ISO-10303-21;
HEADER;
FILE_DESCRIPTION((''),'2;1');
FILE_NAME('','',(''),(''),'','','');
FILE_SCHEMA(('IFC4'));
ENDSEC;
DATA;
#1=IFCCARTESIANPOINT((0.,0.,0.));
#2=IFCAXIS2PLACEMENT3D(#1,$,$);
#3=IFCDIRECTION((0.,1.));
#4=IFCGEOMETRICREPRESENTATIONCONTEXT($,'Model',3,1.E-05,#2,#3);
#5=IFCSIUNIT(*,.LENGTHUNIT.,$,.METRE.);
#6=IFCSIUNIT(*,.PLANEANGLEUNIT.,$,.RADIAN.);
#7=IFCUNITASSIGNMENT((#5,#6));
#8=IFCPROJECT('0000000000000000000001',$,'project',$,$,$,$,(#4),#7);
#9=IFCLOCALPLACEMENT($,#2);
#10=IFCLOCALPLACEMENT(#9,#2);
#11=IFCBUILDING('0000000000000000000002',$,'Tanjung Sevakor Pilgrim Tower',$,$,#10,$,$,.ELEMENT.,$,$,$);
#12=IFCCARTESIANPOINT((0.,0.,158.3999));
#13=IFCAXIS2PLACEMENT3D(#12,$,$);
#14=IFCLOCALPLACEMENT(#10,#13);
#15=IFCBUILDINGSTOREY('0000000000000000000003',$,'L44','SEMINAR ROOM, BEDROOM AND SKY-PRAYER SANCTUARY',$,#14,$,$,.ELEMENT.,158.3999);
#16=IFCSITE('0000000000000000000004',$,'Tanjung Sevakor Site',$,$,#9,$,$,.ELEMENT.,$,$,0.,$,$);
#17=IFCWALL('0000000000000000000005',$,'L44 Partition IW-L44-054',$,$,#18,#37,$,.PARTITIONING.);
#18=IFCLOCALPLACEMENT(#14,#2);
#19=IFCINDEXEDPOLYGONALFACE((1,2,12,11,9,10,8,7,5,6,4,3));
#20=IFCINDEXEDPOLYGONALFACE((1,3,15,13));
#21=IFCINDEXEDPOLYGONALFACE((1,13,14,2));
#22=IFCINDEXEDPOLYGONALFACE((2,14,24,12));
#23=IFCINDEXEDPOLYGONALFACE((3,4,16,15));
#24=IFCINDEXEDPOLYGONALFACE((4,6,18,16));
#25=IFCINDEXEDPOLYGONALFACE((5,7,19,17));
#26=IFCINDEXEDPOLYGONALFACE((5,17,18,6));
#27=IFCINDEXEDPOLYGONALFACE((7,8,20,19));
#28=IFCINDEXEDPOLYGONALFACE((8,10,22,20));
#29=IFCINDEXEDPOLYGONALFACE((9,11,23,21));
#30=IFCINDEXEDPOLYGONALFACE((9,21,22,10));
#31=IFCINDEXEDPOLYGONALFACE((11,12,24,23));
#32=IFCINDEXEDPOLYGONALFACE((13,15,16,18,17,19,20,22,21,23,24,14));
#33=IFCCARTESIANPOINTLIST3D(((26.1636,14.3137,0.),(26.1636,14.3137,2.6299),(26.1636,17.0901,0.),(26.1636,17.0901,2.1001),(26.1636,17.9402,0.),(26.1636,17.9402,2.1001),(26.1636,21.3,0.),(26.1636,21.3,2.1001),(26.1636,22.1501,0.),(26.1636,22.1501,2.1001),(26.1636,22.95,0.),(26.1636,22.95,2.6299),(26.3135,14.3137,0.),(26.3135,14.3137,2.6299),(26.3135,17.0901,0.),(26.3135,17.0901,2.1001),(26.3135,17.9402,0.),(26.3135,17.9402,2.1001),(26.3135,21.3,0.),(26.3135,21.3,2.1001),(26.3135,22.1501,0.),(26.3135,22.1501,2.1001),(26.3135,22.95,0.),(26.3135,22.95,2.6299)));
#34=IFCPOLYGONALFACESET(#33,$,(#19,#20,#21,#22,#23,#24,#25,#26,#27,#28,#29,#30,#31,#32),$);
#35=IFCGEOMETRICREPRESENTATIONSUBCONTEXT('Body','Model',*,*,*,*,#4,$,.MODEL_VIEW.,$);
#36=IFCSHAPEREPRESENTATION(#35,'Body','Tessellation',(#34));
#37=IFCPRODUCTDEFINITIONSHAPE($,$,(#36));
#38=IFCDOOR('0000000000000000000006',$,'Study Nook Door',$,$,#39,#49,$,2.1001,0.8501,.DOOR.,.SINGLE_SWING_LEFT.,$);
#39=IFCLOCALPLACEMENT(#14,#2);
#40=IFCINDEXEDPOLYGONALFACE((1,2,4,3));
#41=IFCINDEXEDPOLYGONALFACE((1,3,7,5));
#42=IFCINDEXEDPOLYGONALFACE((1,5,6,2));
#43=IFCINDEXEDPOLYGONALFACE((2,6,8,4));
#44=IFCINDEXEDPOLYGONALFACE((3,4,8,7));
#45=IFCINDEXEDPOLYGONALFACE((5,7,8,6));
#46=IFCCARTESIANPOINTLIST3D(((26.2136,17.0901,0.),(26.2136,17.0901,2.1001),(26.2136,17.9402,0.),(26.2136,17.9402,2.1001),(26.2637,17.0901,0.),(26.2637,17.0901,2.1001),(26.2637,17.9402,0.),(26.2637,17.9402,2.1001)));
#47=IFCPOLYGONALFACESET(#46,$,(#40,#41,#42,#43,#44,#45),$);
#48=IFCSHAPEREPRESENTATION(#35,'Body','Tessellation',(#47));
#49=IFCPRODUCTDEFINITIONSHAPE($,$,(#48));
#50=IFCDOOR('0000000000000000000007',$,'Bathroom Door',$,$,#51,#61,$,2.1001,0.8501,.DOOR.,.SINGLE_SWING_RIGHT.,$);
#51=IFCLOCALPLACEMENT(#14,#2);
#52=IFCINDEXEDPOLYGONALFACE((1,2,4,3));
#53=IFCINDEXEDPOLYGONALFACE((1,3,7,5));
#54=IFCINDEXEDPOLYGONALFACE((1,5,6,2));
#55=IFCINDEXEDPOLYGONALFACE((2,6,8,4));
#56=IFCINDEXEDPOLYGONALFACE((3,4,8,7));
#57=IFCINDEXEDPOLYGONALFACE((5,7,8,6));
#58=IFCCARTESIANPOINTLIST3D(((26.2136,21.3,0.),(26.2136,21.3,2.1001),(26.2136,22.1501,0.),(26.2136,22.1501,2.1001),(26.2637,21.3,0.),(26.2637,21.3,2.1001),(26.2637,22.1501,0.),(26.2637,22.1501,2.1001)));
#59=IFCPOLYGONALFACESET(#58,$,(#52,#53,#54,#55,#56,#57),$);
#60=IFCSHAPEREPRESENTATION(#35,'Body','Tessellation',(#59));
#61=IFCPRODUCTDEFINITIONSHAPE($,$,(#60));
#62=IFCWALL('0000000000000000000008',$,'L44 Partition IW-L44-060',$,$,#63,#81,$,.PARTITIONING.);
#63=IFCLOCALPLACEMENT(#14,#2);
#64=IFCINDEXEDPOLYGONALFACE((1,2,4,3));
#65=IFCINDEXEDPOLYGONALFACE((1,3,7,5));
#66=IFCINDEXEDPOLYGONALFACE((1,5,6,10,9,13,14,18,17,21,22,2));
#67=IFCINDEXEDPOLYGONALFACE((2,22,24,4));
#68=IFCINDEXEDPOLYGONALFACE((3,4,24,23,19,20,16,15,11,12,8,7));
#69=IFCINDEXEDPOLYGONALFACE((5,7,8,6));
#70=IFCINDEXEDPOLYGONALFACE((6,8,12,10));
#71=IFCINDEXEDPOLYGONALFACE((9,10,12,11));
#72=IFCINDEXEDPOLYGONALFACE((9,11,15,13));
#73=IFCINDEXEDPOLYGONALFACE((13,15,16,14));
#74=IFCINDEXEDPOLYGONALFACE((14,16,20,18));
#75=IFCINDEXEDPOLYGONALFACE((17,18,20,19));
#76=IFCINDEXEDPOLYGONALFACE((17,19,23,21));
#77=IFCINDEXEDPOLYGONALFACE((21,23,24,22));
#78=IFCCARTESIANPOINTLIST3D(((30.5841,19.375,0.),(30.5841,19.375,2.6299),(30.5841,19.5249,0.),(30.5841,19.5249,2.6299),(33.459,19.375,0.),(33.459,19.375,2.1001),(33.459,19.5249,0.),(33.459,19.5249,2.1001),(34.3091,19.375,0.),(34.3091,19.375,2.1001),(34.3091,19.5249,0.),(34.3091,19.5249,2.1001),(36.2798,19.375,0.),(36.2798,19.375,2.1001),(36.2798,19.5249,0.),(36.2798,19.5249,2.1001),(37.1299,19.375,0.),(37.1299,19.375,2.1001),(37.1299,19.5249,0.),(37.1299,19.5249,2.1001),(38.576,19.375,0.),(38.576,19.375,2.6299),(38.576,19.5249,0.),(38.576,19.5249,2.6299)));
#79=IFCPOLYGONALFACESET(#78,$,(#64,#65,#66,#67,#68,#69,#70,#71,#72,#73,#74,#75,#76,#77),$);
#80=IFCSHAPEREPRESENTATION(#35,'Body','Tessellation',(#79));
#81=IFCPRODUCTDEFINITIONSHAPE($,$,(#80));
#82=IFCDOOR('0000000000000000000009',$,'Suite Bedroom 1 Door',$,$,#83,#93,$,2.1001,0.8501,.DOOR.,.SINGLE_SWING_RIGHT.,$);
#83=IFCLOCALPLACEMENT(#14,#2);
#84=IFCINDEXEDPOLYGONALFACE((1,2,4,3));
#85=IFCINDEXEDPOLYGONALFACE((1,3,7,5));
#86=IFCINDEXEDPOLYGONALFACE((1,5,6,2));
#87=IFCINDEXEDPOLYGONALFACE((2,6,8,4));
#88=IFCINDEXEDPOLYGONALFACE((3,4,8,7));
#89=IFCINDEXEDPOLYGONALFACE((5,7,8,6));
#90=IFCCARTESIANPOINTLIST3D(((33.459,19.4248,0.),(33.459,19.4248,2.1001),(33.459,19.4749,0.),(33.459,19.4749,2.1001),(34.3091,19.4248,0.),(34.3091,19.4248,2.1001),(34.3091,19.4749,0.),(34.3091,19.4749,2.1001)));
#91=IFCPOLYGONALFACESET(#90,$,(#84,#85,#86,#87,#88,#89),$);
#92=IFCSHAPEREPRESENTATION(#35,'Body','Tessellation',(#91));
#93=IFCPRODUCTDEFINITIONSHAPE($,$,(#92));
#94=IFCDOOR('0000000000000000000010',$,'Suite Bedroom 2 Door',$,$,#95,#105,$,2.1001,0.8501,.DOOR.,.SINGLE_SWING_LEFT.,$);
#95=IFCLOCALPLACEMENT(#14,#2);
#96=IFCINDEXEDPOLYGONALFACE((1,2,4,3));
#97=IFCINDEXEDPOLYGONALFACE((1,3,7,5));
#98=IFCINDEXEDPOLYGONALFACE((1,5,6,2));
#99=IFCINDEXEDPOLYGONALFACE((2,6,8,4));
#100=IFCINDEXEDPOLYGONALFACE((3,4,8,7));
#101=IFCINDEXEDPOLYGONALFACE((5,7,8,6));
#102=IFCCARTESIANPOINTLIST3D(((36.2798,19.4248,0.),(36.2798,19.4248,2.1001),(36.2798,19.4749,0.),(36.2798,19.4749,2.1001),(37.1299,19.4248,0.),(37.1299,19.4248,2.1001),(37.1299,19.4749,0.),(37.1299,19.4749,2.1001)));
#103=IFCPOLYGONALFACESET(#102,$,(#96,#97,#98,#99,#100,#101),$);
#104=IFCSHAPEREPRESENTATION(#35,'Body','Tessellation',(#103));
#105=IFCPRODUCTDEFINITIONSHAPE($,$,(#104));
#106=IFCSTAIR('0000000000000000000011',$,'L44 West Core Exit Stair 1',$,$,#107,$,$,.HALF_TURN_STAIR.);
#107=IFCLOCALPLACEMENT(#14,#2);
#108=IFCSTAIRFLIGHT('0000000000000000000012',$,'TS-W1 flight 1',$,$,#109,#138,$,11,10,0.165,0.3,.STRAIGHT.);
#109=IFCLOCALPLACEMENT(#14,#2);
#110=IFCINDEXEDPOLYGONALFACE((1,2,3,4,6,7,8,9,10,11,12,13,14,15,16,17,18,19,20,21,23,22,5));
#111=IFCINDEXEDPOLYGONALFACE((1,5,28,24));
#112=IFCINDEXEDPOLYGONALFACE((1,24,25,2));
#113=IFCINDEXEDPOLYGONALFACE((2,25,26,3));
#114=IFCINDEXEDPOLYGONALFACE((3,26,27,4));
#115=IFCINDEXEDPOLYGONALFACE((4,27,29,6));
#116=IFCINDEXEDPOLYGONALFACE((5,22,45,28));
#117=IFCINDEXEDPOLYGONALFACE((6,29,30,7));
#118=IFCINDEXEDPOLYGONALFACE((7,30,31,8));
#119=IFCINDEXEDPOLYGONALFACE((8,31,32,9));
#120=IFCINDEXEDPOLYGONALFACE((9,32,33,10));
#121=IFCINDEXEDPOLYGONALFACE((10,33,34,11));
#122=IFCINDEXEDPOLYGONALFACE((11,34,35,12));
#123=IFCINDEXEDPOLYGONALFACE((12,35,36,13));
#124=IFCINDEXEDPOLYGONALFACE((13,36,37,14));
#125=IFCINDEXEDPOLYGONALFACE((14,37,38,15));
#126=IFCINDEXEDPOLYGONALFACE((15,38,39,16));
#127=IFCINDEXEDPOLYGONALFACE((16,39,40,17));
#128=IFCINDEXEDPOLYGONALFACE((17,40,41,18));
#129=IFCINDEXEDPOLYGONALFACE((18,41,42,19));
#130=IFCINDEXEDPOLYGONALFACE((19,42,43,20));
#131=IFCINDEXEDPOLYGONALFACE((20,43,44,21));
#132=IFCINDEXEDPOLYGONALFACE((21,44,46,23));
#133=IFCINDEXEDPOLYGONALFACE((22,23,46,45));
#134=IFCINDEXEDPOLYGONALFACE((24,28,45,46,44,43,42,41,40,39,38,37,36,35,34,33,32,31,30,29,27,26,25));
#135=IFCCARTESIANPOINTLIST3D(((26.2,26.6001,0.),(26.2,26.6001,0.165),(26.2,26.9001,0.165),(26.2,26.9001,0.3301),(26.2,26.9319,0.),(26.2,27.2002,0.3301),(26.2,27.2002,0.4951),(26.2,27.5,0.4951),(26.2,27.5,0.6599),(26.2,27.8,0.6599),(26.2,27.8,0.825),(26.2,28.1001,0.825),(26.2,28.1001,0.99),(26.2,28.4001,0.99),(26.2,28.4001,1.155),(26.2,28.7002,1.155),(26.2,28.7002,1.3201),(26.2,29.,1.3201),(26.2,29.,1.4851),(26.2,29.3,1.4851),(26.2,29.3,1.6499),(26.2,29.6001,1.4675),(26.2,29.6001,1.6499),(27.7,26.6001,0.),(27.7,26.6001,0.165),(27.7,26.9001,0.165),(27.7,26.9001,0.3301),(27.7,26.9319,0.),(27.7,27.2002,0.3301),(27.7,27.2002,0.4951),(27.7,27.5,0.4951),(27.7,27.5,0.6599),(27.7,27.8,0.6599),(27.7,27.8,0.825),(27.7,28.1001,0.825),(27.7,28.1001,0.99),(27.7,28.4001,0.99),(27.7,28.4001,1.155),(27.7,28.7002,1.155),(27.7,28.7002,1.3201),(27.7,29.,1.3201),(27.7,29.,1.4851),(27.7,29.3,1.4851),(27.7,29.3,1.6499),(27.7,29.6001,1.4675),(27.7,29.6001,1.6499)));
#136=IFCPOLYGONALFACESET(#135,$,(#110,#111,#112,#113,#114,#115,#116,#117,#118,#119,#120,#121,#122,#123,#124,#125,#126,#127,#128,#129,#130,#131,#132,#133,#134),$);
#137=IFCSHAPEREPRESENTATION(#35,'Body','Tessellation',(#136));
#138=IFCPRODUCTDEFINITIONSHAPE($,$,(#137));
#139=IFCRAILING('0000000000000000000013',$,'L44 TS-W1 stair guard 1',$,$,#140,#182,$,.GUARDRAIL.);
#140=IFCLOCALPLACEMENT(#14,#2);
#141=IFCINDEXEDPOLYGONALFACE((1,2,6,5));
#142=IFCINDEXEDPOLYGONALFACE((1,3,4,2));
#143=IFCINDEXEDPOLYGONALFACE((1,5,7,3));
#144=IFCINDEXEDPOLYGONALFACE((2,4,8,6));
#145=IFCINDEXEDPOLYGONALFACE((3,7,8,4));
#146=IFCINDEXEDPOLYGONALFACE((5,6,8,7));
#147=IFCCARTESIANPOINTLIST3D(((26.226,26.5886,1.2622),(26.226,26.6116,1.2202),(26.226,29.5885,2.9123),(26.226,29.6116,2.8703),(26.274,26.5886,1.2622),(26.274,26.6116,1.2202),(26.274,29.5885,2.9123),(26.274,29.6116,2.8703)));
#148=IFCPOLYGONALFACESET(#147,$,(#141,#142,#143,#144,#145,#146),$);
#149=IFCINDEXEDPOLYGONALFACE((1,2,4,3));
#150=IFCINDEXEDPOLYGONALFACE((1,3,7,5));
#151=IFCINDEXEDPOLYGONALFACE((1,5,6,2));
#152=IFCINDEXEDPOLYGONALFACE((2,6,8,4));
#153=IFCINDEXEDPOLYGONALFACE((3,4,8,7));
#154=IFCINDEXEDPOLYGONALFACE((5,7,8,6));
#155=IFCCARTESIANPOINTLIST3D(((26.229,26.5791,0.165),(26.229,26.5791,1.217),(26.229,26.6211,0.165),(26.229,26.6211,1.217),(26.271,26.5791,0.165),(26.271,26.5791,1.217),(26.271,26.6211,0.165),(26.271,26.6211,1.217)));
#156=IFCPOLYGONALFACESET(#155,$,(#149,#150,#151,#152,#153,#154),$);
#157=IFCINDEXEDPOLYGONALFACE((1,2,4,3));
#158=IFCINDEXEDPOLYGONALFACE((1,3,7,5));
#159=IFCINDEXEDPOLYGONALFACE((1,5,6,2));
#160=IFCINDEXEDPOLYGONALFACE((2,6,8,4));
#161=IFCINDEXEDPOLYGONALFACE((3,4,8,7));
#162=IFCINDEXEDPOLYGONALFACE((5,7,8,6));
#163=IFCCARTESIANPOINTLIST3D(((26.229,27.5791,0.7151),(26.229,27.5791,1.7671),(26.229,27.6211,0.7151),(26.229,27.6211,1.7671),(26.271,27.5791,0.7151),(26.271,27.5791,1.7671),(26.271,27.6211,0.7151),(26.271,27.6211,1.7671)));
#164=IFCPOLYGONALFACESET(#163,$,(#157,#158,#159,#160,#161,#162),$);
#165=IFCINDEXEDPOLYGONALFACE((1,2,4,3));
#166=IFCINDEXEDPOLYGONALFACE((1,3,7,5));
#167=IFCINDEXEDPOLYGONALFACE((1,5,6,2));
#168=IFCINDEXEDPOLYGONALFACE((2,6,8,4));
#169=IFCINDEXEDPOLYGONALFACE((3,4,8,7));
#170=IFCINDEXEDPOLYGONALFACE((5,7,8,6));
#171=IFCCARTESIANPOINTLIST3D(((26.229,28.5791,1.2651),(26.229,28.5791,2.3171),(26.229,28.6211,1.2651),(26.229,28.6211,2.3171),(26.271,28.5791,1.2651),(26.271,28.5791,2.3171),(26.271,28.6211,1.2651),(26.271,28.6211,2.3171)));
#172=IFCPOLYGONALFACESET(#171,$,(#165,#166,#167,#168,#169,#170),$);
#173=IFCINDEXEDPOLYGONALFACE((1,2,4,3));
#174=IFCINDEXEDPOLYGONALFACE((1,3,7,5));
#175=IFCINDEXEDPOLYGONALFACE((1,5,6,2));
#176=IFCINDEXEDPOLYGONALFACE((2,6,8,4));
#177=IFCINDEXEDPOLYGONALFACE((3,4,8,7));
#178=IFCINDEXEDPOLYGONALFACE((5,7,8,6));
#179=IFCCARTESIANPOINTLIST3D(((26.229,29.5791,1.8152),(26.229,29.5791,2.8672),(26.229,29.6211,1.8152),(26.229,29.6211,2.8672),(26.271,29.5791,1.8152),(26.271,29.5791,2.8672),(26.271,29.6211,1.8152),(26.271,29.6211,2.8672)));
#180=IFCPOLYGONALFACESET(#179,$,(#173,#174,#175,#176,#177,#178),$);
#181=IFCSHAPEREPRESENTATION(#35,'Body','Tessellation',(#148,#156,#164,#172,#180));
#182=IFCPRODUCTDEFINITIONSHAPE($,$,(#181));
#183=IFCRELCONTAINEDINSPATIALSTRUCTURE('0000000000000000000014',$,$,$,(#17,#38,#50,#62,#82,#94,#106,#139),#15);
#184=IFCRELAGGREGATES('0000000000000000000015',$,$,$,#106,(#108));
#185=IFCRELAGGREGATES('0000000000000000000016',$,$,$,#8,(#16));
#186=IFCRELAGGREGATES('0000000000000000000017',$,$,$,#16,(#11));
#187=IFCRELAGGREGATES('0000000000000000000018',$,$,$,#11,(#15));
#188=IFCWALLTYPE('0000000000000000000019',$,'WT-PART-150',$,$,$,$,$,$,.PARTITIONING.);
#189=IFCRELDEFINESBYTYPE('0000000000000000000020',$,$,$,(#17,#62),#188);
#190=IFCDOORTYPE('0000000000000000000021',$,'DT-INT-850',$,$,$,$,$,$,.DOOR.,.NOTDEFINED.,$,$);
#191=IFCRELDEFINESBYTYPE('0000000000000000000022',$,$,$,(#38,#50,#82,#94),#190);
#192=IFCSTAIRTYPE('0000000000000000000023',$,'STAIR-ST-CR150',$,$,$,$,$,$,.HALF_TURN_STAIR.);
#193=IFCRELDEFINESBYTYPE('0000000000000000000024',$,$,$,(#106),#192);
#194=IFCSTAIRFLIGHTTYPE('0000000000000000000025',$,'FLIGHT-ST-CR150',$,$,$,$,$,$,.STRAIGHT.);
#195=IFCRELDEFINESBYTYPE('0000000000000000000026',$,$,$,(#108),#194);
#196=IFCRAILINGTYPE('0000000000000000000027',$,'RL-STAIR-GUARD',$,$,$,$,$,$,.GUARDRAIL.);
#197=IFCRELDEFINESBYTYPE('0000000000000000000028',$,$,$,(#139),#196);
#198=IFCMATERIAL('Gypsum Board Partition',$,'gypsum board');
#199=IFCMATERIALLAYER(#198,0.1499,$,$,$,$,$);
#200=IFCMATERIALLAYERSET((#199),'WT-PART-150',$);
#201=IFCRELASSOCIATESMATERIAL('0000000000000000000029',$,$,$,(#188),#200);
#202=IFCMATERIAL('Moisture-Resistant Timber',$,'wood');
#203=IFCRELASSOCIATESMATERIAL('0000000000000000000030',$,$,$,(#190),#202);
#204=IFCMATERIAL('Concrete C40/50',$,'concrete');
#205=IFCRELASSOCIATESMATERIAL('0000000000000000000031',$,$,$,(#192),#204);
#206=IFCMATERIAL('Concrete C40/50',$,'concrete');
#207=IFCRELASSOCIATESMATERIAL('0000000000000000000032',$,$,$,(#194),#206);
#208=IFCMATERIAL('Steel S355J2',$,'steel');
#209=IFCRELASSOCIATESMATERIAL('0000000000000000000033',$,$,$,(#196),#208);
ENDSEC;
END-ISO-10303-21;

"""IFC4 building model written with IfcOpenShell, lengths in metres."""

from ifc_helpers import new_model, si_unit, direction, frame, frame_2d, origin, place, context, subcontext, project, spatial, polyline, rectangle, outline, extrude, material, layer, layer_set, type_object, element, fill, aggregate, save


model = new_model("IFC4")

# Units and contexts
model_context = context("Model", 3, precision=1e-05, world=origin(), true_north=direction((0.0, 1.0)))
body_context = subcontext(model_context, "Body", "Model", "MODEL_VIEW")
ifc_project = project(units=[si_unit("LENGTHUNIT", "METRE"), si_unit("PLANEANGLEUNIT", "RADIAN")], contexts=[model_context])

# Site, building, storey
site_placement = place(None, origin())
site = spatial("IfcSite", under=ifc_project, at=site_placement, Name="Tanjung Sevakor Site", CompositionType="ELEMENT", RefElevation=0.0)
building_placement = place(site_placement, origin())
building = spatial("IfcBuilding", under=site, at=building_placement, Name="Tanjung Sevakor Pilgrim Tower", CompositionType="ELEMENT")
storey_placement = place(building_placement, frame((0.0, 0.0, 158.3999)))
storey = spatial("IfcBuildingStorey", under=building, at=storey_placement, Name="L44", Description="SEMINAR ROOM, BEDROOM AND SKY-PRAYER SANCTUARY", CompositionType="ELEMENT", Elevation=158.3999)

# Walls, openings, doors
ifc_material_1 = material(Name="Gypsum Board Partition", Category="gypsum board")
ifc_layer_1 = layer(ifc_material_1, 0.1499)
ifc_layer_set_1 = layer_set([ifc_layer_1], Name="WT-PART-150")
wall_type_1 = type_object("IfcWallType", Name="WT-PART-150", PredefinedType="PARTITIONING", material=ifc_layer_set_1)
wall_1_placement = place(storey_placement, frame((26.2385, 14.3137, 0.0), z_axis=(0.0, 0.0, 1.0), x_axis=(0.0, 1.0, 0.0)))
wall_1 = element("IfcWall", 1, at=wall_1_placement, inside=storey, type_object=wall_type_1, Name="L44 Partition IW-L44-054", PredefinedType="PARTITIONING", context=body_context, shape_type="SweptSolid", body=[
    extrude(rectangle(XDim=8.6362, YDim=0.1499, at=frame_2d((4.3181, 0.0))), origin(), (0.0, 0.0, 1.0), 2.6299),
])
opening_1_placement = place(wall_1_placement, frame((2.7764, 0.0, 0.0)))
opening_1 = element("IfcOpeningElement", 2, at=opening_1_placement, cuts=wall_1, PredefinedType="OPENING", context=body_context, shape_type="SweptSolid", body=[
    extrude(rectangle(XDim=0.8501, YDim=2.1001, at=frame_2d((0.425, 1.05))), frame((0.0, 0.085, 0.0), z_axis=(0.0, -1.0, 0.0), x_axis=(1.0, 0.0, 0.0)), (0.0, 0.0, 1.0), 0.1699),
])
opening_2_placement = place(wall_1_placement, frame((6.9863, 0.0, 0.0)))
opening_2 = element("IfcOpeningElement", 3, at=opening_2_placement, cuts=wall_1, PredefinedType="OPENING", context=body_context, shape_type="SweptSolid", body=[
    extrude(rectangle(XDim=0.8501, YDim=2.1001, at=frame_2d((0.425, 1.05))), frame((0.0, 0.085, 0.0), z_axis=(0.0, -1.0, 0.0), x_axis=(1.0, 0.0, 0.0)), (0.0, 0.0, 1.0), 0.1699),
])
ifc_material_2 = material(Name="Moisture-Resistant Timber", Category="wood")
door_type_1 = type_object("IfcDoorType", Name="DT-INT-850", OperationType="NOTDEFINED", PredefinedType="DOOR", material=ifc_material_2)
door_1_placement = place(opening_1_placement, origin())
door_1 = element("IfcDoor", 4, at=door_1_placement, inside=storey, type_object=door_type_1, Name="Study Nook Door", OperationType="SINGLE_SWING_LEFT", OverallHeight=2.1001, OverallWidth=0.8501, PredefinedType="DOOR", context=body_context, shape_type="SweptSolid", body=[
    extrude(rectangle(XDim=0.8501, YDim=2.1001, at=frame_2d((0.425, 1.05))), frame((0.0, 0.0249, 0.0), z_axis=(0.0, -1.0, 0.0), x_axis=(1.0, 0.0, 0.0)), (0.0, 0.0, 1.0), 0.05),
])
fill(opening_1, door_1)
door_2_placement = place(opening_2_placement, origin())
door_2 = element("IfcDoor", 5, at=door_2_placement, inside=storey, type_object=door_type_1, Name="Bathroom Door", OperationType="SINGLE_SWING_RIGHT", OverallHeight=2.1001, OverallWidth=0.8501, PredefinedType="DOOR", context=body_context, shape_type="SweptSolid", body=[
    extrude(rectangle(XDim=0.8501, YDim=2.1001, at=frame_2d((0.425, 1.05))), frame((0.0, 0.0249, 0.0), z_axis=(0.0, -1.0, 0.0), x_axis=(1.0, 0.0, 0.0)), (0.0, 0.0, 1.0), 0.05),
])
fill(opening_2, door_2)
wall_2_placement = place(storey_placement, frame((30.584, 19.45, 0.0), z_axis=(0.0, 0.0, 1.0), x_axis=(1.0, 0.0, 0.0)))
wall_2 = element("IfcWall", 6, at=wall_2_placement, inside=storey, type_object=wall_type_1, Name="L44 Partition IW-L44-060", PredefinedType="PARTITIONING", context=body_context, shape_type="SweptSolid", body=[
    extrude(rectangle(XDim=7.9919, YDim=0.1499, at=frame_2d((3.9961, 0.0))), origin(), (0.0, 0.0, 1.0), 2.6299),
])
opening_3_placement = place(wall_2_placement, frame((2.875, 0.0, 0.0)))
opening_3 = element("IfcOpeningElement", 7, at=opening_3_placement, cuts=wall_2, PredefinedType="OPENING", context=body_context, shape_type="SweptSolid", body=[
    extrude(rectangle(XDim=0.8501, YDim=2.1001, at=frame_2d((0.425, 1.05))), frame((0.0, 0.085, 0.0), z_axis=(0.0, -1.0, 0.0), x_axis=(1.0, 0.0, 0.0)), (0.0, 0.0, 1.0), 0.1699),
])
opening_4_placement = place(wall_2_placement, frame((5.6958, 0.0, 0.0)))
opening_4 = element("IfcOpeningElement", 8, at=opening_4_placement, cuts=wall_2, PredefinedType="OPENING", context=body_context, shape_type="SweptSolid", body=[
    extrude(rectangle(XDim=0.8501, YDim=2.1001, at=frame_2d((0.425, 1.05))), frame((0.0, 0.085, 0.0), z_axis=(0.0, -1.0, 0.0), x_axis=(1.0, 0.0, 0.0)), (0.0, 0.0, 1.0), 0.1699),
])
door_3_placement = place(opening_3_placement, origin())
door_3 = element("IfcDoor", 9, at=door_3_placement, inside=storey, type_object=door_type_1, Name="Suite Bedroom 1 Door", OperationType="SINGLE_SWING_RIGHT", OverallHeight=2.1001, OverallWidth=0.8501, PredefinedType="DOOR", context=body_context, shape_type="SweptSolid", body=[
    extrude(rectangle(XDim=0.8501, YDim=2.1001, at=frame_2d((0.425, 1.05))), frame((0.0, 0.0249, 0.0), z_axis=(0.0, -1.0, 0.0), x_axis=(1.0, 0.0, 0.0)), (0.0, 0.0, 1.0), 0.05),
])
fill(opening_3, door_3)
door_4_placement = place(opening_4_placement, origin())
door_4 = element("IfcDoor", 10, at=door_4_placement, inside=storey, type_object=door_type_1, Name="Suite Bedroom 2 Door", OperationType="SINGLE_SWING_LEFT", OverallHeight=2.1001, OverallWidth=0.8501, PredefinedType="DOOR", context=body_context, shape_type="SweptSolid", body=[
    extrude(rectangle(XDim=0.8501, YDim=2.1001, at=frame_2d((0.425, 1.05))), frame((0.0, 0.0249, 0.0), z_axis=(0.0, -1.0, 0.0), x_axis=(1.0, 0.0, 0.0)), (0.0, 0.0, 1.0), 0.05),
])
fill(opening_4, door_4)

# Stair, stair flight
ifc_material_3 = material(Name="Concrete C40/50", Category="concrete")
stair_type = type_object("IfcStairType", Name="STAIR-ST-CR150", PredefinedType="HALF_TURN_STAIR", material=ifc_material_3)
stair_placement = place(storey_placement, origin())
stair = element("IfcStair", 11, at=stair_placement, inside=storey, type_object=stair_type, Name="L44 West Core Exit Stair 1", PredefinedType="HALF_TURN_STAIR")
ifc_material_4 = material(Name="Concrete C40/50", Category="concrete")
stair_flight_type = type_object("IfcStairFlightType", Name="FLIGHT-ST-CR150", PredefinedType="STRAIGHT", material=ifc_material_4)
stair_flight_placement = place(storey_placement, frame((26.95, 26.6001, 0.0), z_axis=(0.0, 0.0, 1.0), x_axis=(0.0, 1.0, 0.0)))
stair_flight = element("IfcStairFlight", 12, at=stair_flight_placement, type_object=stair_flight_type, Name="TS-W1 flight 1", NumberOfRisers=11, NumberOfTreads=10, PredefinedType="STRAIGHT", RiserHeight=0.165, TreadLength=0.3, context=body_context, shape_type="SweptSolid", body=[
    extrude(outline(polyline([(0.0, 0.0), (0.0, 0.165), (0.3, 0.165), (0.3, 0.3301), (0.6001, 0.3301), (0.6001, 0.4951), (0.8999, 0.4951), (0.8999, 0.6599), (1.2, 0.6599), (1.2, 0.825), (1.5, 0.825), (1.5, 0.99), (1.8, 0.99), (1.8, 1.155), (2.1001, 1.155), (2.1001, 1.3201), (2.3999, 1.3201), (2.3999, 1.4851), (2.7, 1.4851), (2.7, 1.6499), (3.0, 1.6499), (3.0, 1.8149), (3.0, 1.4675), (0.3318, 0.0), (0.0, 0.0)])), frame((0.0, 0.75, 0.0), z_axis=(0.0, -1.0, 0.0), x_axis=(1.0, 0.0, 0.0)), (0.0, 0.0, 1.0), 1.5),
])
aggregate(stair, [stair_flight])

# Railing
ifc_material_5 = material(Name="Steel S355J2", Category="steel")
railing_type_1 = type_object("IfcRailingType", Name="RL-STAIR-GUARD", PredefinedType="GUARDRAIL", material=ifc_material_5)
railing_1_placement = place(storey_placement, frame((26.25, 26.6001, 0.165)))
element("IfcRailing", 13, at=railing_1_placement, inside=storey, type_object=railing_type_1, Name="L44 TS-W1 stair guard 1", PredefinedType="GUARDRAIL", context=body_context, shape_type="SweptSolid", body=[
    extrude(rectangle(XDim=0.0479, YDim=0.0479), frame((0.0, 0.0, 1.0762), z_axis=(0.0, 0.876198, 0.481952), x_axis=(-1.0, 0.0, 0.0)), (0.0, 0.0, 1.0), 3.4238),
    extrude(rectangle(XDim=0.042, YDim=0.042), origin(), (0.0, 0.0, 1.0), 1.052),
    extrude(rectangle(XDim=0.042, YDim=0.042), frame((0.0, 1.0, 0.55)), (0.0, 0.0, 1.0), 1.052),
    extrude(rectangle(XDim=0.042, YDim=0.042), frame((0.0, 2.0, 1.1001)), (0.0, 0.0, 1.0), 1.052),
    extrude(rectangle(XDim=0.042, YDim=0.042), frame((0.0, 3.0, 1.6501)), (0.0, 0.0, 1.0), 1.052),
])

save(model, "model.ifc")
